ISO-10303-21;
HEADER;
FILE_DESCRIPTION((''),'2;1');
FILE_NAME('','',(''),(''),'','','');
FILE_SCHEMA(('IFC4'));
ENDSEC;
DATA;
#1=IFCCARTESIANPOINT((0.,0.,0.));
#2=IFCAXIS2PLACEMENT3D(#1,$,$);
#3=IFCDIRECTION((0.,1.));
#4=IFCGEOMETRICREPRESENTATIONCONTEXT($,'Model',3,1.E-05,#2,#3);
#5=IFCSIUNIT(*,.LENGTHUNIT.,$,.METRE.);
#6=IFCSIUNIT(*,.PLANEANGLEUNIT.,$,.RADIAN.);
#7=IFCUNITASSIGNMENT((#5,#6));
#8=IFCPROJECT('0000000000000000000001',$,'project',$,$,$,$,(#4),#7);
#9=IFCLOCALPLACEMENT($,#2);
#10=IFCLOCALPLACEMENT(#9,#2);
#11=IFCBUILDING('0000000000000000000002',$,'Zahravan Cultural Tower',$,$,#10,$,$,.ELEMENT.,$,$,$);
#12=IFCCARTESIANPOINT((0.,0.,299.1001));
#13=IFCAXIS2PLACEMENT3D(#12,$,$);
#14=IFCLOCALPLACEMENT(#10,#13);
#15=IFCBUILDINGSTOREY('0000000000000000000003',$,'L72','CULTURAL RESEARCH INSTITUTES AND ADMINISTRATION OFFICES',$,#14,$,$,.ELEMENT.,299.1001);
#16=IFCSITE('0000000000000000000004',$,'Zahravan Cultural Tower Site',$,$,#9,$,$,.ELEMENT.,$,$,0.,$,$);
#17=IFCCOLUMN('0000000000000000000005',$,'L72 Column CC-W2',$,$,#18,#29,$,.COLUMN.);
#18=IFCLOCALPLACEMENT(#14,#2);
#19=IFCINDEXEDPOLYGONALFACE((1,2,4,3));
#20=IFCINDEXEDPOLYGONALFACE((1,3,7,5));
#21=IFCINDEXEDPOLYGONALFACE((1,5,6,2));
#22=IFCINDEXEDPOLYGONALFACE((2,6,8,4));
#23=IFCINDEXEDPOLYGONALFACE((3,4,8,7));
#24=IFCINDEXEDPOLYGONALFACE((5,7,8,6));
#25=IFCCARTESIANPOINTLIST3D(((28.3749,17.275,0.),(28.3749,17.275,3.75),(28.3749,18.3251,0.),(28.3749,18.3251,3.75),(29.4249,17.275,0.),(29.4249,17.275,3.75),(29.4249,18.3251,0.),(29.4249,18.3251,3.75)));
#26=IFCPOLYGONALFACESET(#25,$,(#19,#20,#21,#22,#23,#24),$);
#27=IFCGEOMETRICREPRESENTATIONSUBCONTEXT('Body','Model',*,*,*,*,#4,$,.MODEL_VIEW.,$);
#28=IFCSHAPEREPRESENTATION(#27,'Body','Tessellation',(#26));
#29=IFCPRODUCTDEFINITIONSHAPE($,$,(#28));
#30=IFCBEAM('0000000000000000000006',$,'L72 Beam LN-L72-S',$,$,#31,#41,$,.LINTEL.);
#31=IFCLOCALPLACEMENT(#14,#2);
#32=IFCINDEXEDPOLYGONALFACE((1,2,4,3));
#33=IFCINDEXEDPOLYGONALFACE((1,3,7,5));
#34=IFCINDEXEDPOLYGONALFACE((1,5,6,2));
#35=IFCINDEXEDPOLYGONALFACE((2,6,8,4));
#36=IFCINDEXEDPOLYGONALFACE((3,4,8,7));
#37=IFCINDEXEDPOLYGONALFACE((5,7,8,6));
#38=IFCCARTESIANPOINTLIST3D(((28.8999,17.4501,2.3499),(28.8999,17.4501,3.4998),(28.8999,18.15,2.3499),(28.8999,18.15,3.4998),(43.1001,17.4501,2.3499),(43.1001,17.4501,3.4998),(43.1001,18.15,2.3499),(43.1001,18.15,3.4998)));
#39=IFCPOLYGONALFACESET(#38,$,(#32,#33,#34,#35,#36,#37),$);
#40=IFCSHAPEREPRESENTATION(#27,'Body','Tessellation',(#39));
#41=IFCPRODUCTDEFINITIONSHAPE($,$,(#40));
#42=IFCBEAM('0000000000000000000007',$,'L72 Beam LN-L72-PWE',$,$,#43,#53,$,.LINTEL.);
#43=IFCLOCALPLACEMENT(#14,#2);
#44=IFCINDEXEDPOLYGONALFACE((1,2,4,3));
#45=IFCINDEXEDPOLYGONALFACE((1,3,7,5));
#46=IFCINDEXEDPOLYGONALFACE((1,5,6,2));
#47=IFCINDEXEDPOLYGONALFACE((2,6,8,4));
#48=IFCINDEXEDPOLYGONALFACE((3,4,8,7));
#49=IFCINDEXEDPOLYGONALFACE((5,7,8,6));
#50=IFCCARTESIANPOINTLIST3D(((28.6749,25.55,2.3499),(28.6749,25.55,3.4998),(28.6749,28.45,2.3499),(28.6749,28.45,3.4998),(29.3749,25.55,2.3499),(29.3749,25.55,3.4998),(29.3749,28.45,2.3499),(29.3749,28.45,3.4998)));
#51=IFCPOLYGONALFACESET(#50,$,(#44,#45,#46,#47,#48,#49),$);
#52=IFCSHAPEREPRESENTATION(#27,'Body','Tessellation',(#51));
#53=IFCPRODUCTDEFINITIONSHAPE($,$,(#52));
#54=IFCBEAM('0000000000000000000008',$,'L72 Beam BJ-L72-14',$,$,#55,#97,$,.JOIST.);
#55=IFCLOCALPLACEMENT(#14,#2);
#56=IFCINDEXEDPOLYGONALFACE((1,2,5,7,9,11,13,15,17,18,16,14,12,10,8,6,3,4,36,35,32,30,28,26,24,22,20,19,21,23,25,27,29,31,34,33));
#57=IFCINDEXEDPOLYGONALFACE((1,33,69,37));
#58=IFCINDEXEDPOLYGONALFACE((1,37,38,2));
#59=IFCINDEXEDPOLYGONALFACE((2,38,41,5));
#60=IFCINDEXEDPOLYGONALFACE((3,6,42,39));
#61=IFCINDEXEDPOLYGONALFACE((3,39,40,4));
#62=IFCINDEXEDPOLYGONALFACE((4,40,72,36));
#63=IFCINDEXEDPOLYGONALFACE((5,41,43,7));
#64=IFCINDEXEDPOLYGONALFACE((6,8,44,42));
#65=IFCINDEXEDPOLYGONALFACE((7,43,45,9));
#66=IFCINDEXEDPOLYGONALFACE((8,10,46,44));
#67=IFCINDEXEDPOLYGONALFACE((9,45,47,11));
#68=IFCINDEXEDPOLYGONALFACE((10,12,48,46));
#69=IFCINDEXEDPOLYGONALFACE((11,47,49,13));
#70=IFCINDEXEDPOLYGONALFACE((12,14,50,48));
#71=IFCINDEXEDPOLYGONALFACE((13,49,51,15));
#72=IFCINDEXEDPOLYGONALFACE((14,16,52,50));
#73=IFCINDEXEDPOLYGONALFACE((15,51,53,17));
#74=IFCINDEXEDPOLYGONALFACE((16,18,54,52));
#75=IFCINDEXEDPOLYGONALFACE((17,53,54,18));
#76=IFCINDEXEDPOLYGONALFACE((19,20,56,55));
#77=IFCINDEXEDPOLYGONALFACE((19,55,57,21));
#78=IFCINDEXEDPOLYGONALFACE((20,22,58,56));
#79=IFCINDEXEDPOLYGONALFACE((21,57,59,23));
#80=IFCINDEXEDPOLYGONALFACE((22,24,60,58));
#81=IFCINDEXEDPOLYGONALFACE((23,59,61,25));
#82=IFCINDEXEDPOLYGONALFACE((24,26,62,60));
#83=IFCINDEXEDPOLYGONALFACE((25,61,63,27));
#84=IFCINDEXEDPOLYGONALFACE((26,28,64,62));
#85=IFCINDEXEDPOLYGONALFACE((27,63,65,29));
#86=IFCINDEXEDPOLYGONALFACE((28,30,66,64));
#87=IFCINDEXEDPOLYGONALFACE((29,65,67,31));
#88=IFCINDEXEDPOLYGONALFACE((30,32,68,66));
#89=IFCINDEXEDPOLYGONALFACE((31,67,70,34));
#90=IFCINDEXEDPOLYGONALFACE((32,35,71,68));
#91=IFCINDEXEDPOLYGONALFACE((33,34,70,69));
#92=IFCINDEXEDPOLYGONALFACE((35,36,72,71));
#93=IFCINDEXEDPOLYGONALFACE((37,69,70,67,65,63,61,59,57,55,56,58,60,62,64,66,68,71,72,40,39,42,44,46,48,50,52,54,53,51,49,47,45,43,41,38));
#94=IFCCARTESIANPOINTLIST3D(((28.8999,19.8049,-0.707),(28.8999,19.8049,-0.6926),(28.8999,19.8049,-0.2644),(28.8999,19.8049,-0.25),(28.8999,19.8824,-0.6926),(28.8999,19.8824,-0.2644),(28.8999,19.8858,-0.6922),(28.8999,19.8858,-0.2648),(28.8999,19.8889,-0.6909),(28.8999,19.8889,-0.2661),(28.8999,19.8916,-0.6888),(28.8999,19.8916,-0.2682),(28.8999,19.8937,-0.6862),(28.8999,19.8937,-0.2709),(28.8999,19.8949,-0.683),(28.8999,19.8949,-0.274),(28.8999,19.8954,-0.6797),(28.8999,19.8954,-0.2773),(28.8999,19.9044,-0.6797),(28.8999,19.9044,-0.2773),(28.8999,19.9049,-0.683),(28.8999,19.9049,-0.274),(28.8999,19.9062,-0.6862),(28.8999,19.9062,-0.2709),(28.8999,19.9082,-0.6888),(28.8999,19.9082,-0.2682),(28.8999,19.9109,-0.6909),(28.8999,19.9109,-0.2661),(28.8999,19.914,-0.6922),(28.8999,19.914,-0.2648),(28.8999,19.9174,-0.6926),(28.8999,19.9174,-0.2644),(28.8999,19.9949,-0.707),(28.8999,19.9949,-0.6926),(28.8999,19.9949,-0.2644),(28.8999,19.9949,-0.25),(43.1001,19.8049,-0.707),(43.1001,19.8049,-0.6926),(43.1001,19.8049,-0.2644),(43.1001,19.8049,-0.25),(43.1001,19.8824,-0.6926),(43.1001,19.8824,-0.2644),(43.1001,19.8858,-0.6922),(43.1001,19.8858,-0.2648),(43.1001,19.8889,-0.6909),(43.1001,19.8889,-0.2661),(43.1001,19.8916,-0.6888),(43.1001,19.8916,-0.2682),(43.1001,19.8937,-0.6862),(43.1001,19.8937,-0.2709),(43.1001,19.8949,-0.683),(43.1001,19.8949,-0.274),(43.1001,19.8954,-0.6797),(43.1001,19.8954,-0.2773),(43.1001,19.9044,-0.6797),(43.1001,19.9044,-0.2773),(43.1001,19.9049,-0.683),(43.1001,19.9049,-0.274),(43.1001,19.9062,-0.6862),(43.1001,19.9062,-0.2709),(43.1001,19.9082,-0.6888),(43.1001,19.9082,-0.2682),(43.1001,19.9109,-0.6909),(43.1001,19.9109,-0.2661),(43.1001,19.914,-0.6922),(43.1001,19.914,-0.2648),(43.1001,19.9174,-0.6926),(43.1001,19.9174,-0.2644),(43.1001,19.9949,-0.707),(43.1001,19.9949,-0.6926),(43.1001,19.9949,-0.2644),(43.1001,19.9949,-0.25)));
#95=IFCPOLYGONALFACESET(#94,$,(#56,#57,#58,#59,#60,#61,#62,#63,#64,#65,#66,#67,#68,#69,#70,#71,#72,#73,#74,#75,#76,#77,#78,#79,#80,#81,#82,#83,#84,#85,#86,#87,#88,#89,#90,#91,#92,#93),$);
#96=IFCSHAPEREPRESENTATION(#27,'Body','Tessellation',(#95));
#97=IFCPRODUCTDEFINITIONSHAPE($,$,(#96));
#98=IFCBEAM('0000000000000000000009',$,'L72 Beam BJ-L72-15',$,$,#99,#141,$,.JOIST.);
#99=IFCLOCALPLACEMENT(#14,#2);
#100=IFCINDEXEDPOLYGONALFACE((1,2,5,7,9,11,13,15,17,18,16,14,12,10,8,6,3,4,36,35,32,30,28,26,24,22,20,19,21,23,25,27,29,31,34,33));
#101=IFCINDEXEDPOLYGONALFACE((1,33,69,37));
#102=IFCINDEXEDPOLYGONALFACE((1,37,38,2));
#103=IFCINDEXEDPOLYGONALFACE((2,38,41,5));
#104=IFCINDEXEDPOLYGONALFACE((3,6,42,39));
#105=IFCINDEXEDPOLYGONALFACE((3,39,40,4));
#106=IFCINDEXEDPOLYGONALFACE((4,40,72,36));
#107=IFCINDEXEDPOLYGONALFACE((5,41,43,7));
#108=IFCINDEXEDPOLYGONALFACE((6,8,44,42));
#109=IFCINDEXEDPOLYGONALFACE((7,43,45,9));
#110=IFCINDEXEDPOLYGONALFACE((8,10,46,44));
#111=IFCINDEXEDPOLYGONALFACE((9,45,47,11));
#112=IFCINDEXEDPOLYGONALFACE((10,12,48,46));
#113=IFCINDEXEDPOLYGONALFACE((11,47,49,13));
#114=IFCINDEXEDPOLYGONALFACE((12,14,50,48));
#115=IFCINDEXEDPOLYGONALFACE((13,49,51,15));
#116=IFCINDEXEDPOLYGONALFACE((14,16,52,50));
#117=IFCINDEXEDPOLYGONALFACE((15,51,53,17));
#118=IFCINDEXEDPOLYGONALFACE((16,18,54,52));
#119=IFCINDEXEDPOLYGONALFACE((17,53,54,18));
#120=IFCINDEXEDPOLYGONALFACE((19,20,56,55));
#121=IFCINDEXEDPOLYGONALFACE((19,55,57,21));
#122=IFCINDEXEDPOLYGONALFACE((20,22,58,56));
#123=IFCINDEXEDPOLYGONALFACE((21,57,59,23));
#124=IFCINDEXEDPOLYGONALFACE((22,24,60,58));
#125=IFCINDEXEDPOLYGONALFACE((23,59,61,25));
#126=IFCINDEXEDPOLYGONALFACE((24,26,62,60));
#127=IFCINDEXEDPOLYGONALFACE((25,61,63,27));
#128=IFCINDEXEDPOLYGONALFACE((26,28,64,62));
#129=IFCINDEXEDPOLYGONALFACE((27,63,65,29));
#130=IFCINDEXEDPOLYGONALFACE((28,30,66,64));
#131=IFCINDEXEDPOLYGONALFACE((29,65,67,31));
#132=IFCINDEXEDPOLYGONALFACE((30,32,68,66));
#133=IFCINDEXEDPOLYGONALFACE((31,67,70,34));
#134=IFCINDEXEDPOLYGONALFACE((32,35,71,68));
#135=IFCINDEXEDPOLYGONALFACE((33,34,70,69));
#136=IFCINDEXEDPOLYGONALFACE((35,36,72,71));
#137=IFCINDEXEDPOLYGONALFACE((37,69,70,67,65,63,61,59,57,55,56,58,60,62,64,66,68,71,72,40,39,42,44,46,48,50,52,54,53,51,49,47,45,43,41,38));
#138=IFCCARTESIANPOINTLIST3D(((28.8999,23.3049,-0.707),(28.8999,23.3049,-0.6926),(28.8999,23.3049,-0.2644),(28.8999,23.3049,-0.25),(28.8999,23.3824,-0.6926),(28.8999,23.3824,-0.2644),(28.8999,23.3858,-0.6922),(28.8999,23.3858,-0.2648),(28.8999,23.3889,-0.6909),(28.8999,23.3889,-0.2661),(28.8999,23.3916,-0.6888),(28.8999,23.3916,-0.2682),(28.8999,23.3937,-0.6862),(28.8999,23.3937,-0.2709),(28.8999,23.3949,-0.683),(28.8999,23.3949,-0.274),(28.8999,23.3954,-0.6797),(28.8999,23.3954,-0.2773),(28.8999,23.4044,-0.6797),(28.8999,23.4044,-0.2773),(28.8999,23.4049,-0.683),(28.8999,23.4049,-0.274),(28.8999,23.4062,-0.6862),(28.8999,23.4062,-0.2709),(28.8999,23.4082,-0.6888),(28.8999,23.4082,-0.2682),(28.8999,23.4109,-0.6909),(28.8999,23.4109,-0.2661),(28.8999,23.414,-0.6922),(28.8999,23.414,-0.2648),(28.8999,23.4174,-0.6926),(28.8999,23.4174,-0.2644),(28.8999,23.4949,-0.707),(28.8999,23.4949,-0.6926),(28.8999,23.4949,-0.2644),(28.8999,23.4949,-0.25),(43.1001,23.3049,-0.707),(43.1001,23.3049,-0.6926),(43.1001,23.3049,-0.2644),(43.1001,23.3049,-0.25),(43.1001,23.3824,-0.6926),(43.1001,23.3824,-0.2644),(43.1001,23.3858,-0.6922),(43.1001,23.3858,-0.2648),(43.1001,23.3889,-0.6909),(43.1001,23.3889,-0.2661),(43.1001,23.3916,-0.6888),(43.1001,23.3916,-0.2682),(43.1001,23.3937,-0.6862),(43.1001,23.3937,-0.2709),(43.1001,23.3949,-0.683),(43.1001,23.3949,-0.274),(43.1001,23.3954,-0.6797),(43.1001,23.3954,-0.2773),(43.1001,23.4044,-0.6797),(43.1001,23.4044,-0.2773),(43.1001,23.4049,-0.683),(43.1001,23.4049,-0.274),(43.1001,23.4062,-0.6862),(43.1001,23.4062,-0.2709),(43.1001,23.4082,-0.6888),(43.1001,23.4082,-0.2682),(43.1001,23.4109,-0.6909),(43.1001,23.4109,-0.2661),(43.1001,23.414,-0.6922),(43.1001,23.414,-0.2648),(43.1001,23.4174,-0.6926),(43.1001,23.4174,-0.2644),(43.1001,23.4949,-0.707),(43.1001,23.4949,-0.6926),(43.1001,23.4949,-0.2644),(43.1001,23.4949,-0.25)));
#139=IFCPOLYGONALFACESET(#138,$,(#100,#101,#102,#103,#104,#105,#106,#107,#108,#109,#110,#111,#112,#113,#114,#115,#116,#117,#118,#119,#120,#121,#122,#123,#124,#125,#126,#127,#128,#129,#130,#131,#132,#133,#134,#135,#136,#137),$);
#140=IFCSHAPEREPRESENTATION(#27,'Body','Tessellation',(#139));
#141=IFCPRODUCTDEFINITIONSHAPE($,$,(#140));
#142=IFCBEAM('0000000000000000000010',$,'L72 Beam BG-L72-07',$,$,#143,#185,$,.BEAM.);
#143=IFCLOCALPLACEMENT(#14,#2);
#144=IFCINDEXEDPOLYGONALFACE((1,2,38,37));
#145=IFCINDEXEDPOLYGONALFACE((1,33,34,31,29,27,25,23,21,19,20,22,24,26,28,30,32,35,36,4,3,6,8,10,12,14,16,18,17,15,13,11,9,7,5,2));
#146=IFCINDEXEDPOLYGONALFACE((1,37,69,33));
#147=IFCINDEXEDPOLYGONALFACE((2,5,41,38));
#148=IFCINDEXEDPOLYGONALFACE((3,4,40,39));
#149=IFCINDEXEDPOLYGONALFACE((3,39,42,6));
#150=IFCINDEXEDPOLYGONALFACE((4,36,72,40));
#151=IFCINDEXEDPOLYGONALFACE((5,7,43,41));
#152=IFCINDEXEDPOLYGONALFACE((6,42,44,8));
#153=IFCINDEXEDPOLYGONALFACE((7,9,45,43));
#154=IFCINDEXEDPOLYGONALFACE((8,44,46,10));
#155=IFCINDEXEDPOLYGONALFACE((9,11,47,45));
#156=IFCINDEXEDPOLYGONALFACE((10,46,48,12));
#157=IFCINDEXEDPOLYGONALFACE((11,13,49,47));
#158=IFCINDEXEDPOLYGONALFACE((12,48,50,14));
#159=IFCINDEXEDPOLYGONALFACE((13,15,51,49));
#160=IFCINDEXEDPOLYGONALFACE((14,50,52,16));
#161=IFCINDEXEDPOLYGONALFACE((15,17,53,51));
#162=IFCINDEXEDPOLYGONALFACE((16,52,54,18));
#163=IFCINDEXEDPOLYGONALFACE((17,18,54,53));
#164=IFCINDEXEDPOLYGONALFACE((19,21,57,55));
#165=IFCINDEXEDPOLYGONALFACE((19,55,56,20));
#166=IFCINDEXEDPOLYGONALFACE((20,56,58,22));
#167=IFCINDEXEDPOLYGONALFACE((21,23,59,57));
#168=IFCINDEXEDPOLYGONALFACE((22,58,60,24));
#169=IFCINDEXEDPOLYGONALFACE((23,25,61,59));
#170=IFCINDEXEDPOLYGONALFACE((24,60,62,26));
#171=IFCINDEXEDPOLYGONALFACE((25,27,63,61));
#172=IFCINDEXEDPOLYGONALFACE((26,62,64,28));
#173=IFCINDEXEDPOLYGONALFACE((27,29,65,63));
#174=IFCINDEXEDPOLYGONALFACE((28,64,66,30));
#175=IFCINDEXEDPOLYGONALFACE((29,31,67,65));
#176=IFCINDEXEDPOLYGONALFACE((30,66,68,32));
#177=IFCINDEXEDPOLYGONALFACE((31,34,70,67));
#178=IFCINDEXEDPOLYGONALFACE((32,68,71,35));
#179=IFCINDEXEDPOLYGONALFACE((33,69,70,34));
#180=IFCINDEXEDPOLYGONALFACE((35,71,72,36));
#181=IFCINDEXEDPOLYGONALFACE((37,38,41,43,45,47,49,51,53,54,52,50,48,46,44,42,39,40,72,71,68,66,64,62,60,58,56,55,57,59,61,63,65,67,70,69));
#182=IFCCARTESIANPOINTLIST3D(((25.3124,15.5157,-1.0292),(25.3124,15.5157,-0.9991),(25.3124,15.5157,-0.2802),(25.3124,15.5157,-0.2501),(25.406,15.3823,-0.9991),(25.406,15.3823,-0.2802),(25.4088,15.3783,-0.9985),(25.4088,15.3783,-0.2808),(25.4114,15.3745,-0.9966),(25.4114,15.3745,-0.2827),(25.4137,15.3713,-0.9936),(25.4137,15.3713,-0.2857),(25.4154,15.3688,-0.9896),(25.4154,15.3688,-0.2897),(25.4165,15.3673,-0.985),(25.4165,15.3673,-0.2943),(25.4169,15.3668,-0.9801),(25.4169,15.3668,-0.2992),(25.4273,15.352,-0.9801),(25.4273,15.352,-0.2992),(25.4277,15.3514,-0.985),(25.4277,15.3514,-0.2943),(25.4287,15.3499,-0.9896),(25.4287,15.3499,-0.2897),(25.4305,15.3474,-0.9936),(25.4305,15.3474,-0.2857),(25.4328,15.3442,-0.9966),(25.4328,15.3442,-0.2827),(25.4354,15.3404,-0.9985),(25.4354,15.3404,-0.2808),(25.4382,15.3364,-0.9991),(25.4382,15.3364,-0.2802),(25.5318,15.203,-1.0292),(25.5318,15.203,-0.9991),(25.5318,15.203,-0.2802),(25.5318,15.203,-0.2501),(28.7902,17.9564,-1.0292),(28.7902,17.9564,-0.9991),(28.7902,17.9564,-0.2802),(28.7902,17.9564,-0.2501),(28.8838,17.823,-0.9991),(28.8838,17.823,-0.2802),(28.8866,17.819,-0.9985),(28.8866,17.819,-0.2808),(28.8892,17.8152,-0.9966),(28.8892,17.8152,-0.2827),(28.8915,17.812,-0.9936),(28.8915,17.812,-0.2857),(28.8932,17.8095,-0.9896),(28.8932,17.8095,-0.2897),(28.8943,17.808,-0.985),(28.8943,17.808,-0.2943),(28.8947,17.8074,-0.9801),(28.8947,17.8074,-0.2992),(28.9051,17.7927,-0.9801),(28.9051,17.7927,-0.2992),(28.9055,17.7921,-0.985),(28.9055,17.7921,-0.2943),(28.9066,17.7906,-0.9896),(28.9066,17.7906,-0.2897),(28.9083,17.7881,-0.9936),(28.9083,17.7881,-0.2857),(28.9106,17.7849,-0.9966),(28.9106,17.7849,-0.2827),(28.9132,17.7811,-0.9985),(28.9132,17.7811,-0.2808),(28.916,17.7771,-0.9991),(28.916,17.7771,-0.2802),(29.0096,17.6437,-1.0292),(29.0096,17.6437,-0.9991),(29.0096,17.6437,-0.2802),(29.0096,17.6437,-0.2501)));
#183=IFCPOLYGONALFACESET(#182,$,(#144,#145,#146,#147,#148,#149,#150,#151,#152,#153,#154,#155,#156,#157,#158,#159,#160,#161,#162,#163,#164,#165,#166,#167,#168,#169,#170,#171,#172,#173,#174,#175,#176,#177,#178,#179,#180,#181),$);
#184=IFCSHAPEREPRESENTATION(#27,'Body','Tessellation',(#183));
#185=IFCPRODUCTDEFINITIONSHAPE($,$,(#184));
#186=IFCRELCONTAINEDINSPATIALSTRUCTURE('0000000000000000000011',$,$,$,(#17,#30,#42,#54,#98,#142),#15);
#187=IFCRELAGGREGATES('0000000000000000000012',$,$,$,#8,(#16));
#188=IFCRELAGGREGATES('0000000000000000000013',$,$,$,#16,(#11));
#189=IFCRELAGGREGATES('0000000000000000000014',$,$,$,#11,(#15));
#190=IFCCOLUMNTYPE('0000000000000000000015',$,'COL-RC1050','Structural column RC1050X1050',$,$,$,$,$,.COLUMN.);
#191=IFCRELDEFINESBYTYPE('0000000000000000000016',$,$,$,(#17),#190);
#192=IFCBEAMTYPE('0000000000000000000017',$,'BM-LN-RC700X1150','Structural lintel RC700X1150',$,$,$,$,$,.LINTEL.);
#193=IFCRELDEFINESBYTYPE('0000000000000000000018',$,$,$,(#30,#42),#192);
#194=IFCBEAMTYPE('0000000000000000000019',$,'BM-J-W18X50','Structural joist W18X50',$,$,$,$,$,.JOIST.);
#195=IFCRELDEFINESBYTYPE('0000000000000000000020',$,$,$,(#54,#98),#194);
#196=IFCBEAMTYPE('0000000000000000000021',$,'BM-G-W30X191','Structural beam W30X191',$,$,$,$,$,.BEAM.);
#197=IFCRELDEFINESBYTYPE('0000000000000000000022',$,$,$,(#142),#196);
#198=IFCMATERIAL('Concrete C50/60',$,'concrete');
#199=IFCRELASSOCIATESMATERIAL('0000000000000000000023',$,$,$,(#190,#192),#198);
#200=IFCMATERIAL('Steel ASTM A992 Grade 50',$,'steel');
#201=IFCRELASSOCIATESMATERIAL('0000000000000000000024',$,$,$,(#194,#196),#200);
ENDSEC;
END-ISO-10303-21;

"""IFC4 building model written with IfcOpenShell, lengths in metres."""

from ifc_helpers import new_model, si_unit, direction, frame, origin, origin_2d, place, context, subcontext, project, spatial, rectangle, i_section, extrude, source, transform, mapped, material, material_profile, profile_set, type_object, element, save


model = new_model("IFC4")

# Units and contexts
model_context = context("Model", 3, precision=1e-05, world=origin(), true_north=direction((0.0, 1.0)))
body_context = subcontext(model_context, "Body", "Model", "MODEL_VIEW")
ifc_project = project(units=[si_unit("LENGTHUNIT", "METRE"), si_unit("PLANEANGLEUNIT", "RADIAN")], contexts=[model_context])

# Site, building, storey
site_placement = place(None, origin())
site = spatial("IfcSite", under=ifc_project, at=site_placement, Name="Zahravan Cultural Tower Site", CompositionType="ELEMENT", RefElevation=0.0)
building_placement = place(site_placement, origin())
building = spatial("IfcBuilding", under=site, at=building_placement, Name="Zahravan Cultural Tower", CompositionType="ELEMENT")
storey_placement = place(building_placement, frame((0.0, 0.0, 299.1001)))
storey = spatial("IfcBuildingStorey", under=building, at=storey_placement, Name="L72", Description="CULTURAL RESEARCH INSTITUTES AND ADMINISTRATION OFFICES", CompositionType="ELEMENT", Elevation=299.1001)

# Column
ifc_material_1 = material(Name="Concrete C50/60", Category="concrete")
ifc_material_profile_1 = material_profile(ifc_material_1, rectangle(XDim=1.05, YDim=1.05, at=origin_2d()), Name="RC1050X1050")
ifc_profile_set_1 = profile_set([ifc_material_profile_1], Name="Concrete C50/60")
column_type = type_object("IfcColumnType", Name="COL-RC1050", Description="Structural column RC1050X1050", PredefinedType="COLUMN", material=ifc_profile_set_1)
shared_shape_1 = source(origin(), body_context, "Body", "SweptSolid", [
    extrude(rectangle(XDim=1.05, YDim=1.05, at=origin_2d()), origin(), (0.0, 0.0, 1.0), 3.75),
])
column_placement = place(storey_placement, frame((28.8999, 17.8, 0.0), z_axis=(0.0, 0.0, 1.0), x_axis=(1.0, 0.0, 0.0)))
element("IfcColumn", 1, at=column_placement, inside=storey, type_object=column_type, Name="L72 Column CC-W2", PredefinedType="COLUMN", context=body_context, shape_type="MappedRepresentation", body=[
    mapped(shared_shape_1, transform((0.0, 0.0, 0.0), x_axis=(1.0, 0.0, 0.0), y_axis=(0.0, 1.0, 0.0), z_axis=(0.0, 0.0, 1.0), scale=1.0)),
])

# Beams
ifc_material_profile_2 = material_profile(ifc_material_1, rectangle(XDim=0.7, YDim=1.1499, at=origin_2d()), Name="RC700X1150")
ifc_profile_set_2 = profile_set([ifc_material_profile_2], Name="Concrete C50/60")
beam_type_1 = type_object("IfcBeamType", Name="BM-LN-RC700X1150", Description="Structural lintel RC700X1150", PredefinedType="LINTEL", material=ifc_profile_set_2)
shared_shape_2 = source(origin(), body_context, "Body", "SweptSolid", [
    extrude(rectangle(XDim=0.7, YDim=1.1499, at=origin_2d()), origin(), (0.0, 0.0, 1.0), 14.2002),
])
beam_1_placement = place(storey_placement, frame((28.8999, 17.8, 2.9248), z_axis=(1.0, 0.0, 0.0), x_axis=(0.0, 1.0, 0.0)))
element("IfcBeam", 2, at=beam_1_placement, inside=storey, type_object=beam_type_1, Name="L72 Beam LN-L72-S", PredefinedType="LINTEL", context=body_context, shape_type="MappedRepresentation", body=[
    mapped(shared_shape_2, transform((0.0, 0.0, 0.0), x_axis=(1.0, 0.0, 0.0), y_axis=(0.0, 1.0, 0.0), z_axis=(0.0, 0.0, 1.0), scale=1.0)),
])
shared_shape_3 = source(origin(), body_context, "Body", "SweptSolid", [
    extrude(rectangle(XDim=0.7, YDim=1.1499, at=origin_2d()), origin(), (0.0, 0.0, 1.0), 2.8999),
])
beam_2_placement = place(storey_placement, frame((29.0249, 25.55, 2.9248), z_axis=(0.0, 1.0, 0.0), x_axis=(-1.0, 0.0, 0.0)))
element("IfcBeam", 3, at=beam_2_placement, inside=storey, type_object=beam_type_1, Name="L72 Beam LN-L72-PWE", PredefinedType="LINTEL", context=body_context, shape_type="MappedRepresentation", body=[
    mapped(shared_shape_3, transform((0.0, 0.0, 0.0), x_axis=(1.0, 0.0, 0.0), y_axis=(0.0, 1.0, 0.0), z_axis=(0.0, 0.0, 1.0), scale=1.0)),
])
ifc_material_2 = material(Name="Steel ASTM A992 Grade 50", Category="steel")
ifc_material_profile_3 = material_profile(ifc_material_2, i_section(OverallWidth=0.1899, OverallDepth=0.457, WebThickness=0.009, FlangeThickness=0.0144, FilletRadius=0.0129, at=origin_2d()), Name="W18X50")
ifc_profile_set_3 = profile_set([ifc_material_profile_3], Name="Steel ASTM A992 Grade 50")
beam_type_2 = type_object("IfcBeamType", Name="BM-J-W18X50", Description="Structural joist W18X50", PredefinedType="JOIST", material=ifc_profile_set_3)
shared_shape_4 = source(origin(), body_context, "Body", "SweptSolid", [
    extrude(i_section(OverallWidth=0.1899, OverallDepth=0.457, WebThickness=0.009, FlangeThickness=0.0144, FilletRadius=0.0129, at=origin_2d()), origin(), (0.0, 0.0, 1.0), 14.2002),
])
for number, where, z_axis, x_axis, name in (
    (4, (28.8999, 19.8999, -0.4785), (1.0, 0.0, 0.0), (0.0, 1.0, 0.0), "L72 Beam BJ-L72-14"),
    (5, (28.8999, 23.3999, -0.4785), (1.0, 0.0, 0.0), (0.0, 1.0, 0.0), "L72 Beam BJ-L72-15"),
):
    element("IfcBeam", number, at=place(storey_placement, frame(where, z_axis=z_axis, x_axis=x_axis)), inside=storey, type_object=beam_type_2, Name=name, PredefinedType="JOIST", context=body_context, shape_type="MappedRepresentation", body=[
        mapped(shared_shape_4, transform((0.0, 0.0, 0.0), x_axis=(1.0, 0.0, 0.0), y_axis=(0.0, 1.0, 0.0), z_axis=(0.0, 0.0, 1.0), scale=1.0)),
    ])
ifc_material_profile_4 = material_profile(ifc_material_2, i_section(OverallWidth=0.3821, OverallDepth=0.7791, WebThickness=0.0181, FlangeThickness=0.03, FilletRadius=0.019, at=origin_2d()), Name="W30X191")
ifc_profile_set_4 = profile_set([ifc_material_profile_4], Name="Steel ASTM A992 Grade 50")
beam_type_3 = type_object("IfcBeamType", Name="BM-G-W30X191", Description="Structural beam W30X191", PredefinedType="BEAM", material=ifc_profile_set_4)
shared_shape_5 = source(origin(), body_context, "Body", "SweptSolid", [
    extrude(i_section(OverallWidth=0.3821, OverallDepth=0.7791, WebThickness=0.0181, FlangeThickness=0.03, FilletRadius=0.019, at=origin_2d()), origin(), (0.0, 0.0, 1.0), 4.2488),
])
beam_3_placement = place(storey_placement, frame((28.8999, 17.8, -0.6396), z_axis=(-0.818543, -0.574445, 0.0), x_axis=(0.574445, -0.818543, 0.0)))
element("IfcBeam", 6, at=beam_3_placement, inside=storey, type_object=beam_type_3, Name="L72 Beam BG-L72-07", PredefinedType="BEAM", context=body_context, shape_type="MappedRepresentation", body=[
    mapped(shared_shape_5, transform((0.0, 0.0, 0.0), x_axis=(1.0, 0.0, 0.0), y_axis=(0.0, 1.0, 0.0), z_axis=(0.0, 0.0, 1.0), scale=1.0)),
])

save(model, "model.ifc")
